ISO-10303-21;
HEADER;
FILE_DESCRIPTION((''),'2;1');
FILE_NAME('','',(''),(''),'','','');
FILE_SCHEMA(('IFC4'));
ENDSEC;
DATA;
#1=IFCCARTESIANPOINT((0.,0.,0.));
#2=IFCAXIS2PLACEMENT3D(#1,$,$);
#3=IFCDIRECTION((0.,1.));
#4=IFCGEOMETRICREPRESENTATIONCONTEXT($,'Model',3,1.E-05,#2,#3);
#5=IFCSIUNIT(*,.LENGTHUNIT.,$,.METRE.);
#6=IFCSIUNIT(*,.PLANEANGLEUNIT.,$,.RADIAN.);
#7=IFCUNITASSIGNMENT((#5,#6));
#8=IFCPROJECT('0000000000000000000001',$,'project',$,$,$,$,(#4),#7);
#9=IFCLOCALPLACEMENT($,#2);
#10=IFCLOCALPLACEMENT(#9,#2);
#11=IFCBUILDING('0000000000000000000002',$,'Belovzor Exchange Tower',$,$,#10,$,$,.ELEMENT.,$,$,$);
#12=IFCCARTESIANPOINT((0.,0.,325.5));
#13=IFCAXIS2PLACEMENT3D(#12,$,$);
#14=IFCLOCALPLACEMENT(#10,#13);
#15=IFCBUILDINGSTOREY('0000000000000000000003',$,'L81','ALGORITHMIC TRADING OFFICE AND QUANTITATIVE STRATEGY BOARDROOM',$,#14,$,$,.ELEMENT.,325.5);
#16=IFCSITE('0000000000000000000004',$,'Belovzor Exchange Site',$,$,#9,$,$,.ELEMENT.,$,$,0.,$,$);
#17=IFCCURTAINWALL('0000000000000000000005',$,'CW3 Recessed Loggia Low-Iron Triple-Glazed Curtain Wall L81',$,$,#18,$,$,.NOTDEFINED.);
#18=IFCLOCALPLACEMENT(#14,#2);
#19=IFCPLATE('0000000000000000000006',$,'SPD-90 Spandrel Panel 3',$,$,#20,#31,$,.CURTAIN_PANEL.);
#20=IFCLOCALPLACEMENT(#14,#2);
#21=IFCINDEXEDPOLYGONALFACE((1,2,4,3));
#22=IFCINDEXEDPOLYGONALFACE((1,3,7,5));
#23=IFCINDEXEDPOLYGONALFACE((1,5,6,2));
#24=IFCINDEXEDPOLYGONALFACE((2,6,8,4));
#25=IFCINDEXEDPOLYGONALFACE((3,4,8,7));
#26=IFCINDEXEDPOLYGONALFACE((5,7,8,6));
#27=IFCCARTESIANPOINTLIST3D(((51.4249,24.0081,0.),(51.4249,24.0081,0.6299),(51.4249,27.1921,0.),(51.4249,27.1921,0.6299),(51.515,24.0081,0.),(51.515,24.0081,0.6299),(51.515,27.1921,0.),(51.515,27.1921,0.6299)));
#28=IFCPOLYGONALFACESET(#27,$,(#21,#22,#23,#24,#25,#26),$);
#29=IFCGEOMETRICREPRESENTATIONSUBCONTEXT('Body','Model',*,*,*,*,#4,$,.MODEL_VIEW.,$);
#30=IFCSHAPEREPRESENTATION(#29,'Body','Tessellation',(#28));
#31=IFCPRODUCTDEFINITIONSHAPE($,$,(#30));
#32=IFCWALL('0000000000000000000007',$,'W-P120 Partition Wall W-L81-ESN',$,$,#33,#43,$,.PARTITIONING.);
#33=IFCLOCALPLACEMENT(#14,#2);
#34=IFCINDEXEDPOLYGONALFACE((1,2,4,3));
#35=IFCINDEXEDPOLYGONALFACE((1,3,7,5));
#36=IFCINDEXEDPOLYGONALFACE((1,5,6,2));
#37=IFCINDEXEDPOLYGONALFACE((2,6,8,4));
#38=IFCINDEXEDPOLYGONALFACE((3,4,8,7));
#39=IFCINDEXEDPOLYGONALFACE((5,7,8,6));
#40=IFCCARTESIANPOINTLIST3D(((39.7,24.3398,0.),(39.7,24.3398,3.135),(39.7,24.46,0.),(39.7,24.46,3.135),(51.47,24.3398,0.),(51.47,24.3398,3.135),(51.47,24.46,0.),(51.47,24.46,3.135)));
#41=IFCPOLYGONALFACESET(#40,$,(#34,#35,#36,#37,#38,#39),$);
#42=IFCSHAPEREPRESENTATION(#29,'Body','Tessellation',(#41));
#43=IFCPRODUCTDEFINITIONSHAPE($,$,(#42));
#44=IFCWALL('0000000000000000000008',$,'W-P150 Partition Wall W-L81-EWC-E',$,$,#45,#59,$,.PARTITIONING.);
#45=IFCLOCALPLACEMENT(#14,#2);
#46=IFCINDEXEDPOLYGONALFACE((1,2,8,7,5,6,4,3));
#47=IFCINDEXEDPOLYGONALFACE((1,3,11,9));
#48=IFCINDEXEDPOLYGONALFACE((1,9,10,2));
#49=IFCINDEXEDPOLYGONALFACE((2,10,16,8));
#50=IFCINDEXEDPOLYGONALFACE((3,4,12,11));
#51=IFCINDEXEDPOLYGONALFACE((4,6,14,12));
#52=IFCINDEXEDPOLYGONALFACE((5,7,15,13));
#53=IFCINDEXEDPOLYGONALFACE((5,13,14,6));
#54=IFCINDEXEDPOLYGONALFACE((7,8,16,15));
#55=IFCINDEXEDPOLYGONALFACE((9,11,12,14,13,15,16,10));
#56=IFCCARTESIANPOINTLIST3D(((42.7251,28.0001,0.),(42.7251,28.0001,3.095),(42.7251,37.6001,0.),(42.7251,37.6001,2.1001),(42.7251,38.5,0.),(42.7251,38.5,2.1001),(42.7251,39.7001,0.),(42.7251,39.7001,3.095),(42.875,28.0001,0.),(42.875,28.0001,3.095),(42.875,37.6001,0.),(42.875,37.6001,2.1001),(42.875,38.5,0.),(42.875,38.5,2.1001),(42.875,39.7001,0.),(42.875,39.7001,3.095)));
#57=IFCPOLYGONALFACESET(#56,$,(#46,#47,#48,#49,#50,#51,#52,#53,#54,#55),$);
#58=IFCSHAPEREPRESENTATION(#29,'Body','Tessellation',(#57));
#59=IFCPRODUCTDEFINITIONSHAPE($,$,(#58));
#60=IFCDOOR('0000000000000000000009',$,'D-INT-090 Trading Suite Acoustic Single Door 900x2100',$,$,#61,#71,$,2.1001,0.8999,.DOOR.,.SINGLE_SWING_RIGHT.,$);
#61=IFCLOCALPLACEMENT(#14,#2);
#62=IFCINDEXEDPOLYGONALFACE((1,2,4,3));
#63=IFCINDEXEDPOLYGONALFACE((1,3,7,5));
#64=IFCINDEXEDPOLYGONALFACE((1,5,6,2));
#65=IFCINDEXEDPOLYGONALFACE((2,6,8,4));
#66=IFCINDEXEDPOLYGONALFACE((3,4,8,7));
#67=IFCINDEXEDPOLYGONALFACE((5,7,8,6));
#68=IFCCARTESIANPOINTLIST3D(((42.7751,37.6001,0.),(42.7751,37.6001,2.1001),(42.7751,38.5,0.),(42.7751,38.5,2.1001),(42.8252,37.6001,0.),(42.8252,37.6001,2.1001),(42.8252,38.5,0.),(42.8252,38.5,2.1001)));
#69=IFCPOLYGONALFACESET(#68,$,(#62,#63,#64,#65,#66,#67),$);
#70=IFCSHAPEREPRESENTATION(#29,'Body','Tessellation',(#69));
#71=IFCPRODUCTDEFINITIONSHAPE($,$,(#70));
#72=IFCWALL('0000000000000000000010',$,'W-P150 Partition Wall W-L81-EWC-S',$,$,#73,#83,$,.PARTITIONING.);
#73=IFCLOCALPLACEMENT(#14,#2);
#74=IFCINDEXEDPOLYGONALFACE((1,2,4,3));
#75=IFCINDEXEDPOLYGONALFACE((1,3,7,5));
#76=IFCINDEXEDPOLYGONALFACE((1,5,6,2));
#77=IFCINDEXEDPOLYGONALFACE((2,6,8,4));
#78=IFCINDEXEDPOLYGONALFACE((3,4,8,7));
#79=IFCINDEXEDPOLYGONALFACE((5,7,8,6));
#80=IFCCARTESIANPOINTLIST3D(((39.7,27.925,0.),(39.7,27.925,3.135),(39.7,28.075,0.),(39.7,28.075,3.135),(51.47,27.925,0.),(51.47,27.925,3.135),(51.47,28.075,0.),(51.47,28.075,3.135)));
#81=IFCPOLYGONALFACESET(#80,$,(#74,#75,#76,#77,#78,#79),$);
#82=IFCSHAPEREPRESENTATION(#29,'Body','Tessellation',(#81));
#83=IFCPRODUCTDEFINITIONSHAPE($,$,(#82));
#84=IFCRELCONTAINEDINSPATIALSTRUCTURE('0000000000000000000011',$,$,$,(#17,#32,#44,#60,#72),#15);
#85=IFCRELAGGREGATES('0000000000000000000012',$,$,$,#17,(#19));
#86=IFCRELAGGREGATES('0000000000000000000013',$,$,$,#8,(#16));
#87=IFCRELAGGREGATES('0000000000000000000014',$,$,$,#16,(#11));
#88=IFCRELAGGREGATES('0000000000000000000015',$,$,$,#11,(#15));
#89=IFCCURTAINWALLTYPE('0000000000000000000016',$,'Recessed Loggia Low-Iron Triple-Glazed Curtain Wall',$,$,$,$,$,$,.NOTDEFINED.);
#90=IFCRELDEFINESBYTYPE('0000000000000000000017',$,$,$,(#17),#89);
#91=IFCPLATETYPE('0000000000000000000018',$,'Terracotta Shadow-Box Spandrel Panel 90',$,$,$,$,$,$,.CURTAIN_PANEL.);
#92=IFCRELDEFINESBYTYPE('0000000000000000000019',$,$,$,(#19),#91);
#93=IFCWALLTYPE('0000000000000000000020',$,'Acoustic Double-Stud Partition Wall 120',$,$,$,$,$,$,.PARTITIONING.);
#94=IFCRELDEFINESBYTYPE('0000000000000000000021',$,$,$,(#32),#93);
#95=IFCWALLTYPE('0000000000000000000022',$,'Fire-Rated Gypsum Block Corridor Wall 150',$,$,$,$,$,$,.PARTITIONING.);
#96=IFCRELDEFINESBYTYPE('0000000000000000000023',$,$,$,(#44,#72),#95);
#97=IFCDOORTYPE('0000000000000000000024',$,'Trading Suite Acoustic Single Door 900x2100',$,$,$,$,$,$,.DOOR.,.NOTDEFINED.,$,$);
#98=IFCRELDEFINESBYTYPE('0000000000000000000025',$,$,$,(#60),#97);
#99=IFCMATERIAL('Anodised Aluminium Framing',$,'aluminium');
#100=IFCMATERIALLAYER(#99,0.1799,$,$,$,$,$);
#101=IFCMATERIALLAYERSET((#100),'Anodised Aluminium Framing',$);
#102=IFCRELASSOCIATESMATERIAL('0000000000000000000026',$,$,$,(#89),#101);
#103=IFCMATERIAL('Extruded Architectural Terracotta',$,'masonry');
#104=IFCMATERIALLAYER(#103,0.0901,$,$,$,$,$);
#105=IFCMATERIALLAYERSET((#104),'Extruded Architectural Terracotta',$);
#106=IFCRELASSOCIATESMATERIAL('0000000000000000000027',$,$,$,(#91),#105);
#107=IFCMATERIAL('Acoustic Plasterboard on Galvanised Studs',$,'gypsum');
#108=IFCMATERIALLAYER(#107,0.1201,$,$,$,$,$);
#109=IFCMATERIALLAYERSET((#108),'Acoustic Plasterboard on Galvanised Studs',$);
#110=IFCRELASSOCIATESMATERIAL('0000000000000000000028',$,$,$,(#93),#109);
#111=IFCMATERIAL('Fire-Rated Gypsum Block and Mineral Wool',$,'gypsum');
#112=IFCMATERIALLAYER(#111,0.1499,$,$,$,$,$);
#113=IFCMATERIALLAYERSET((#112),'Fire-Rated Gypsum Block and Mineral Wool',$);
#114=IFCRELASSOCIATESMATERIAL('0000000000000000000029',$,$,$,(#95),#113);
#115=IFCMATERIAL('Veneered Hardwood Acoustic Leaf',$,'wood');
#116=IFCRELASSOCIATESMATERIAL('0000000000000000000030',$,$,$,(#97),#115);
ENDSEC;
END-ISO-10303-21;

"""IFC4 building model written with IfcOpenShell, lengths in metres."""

from ifc_helpers import new_model, si_unit, direction, frame, frame_2d, origin, origin_2d, place, context, subcontext, project, spatial, rectangle, extrude, material, layer, layer_set, type_object, element, fill, aggregate, save


model = new_model("IFC4")

# Units and contexts
model_context = context("Model", 3, precision=1e-05, world=origin(), true_north=direction((0.0, 1.0)))
body_context = subcontext(model_context, "Body", "Model", "MODEL_VIEW")
ifc_project = project(units=[si_unit("LENGTHUNIT", "METRE"), si_unit("PLANEANGLEUNIT", "RADIAN")], contexts=[model_context])

# Site, building, storey
site_placement = place(None, origin())
site = spatial("IfcSite", under=ifc_project, at=site_placement, Name="Belovzor Exchange Site", CompositionType="ELEMENT", RefElevation=0.0)
building_placement = place(site_placement, origin())
building = spatial("IfcBuilding", under=site, at=building_placement, Name="Belovzor Exchange Tower", CompositionType="ELEMENT")
storey_placement = place(building_placement, frame((0.0, 0.0, 325.5)))
storey = spatial("IfcBuildingStorey", under=building, at=storey_placement, Name="L81", Description="ALGORITHMIC TRADING OFFICE AND QUANTITATIVE STRATEGY BOARDROOM", CompositionType="ELEMENT", Elevation=325.5)

# Curtain wall, plate
ifc_material_1 = material(Name="Anodised Aluminium Framing", Category="aluminium")
ifc_layer_1 = layer(ifc_material_1, 0.1799)
ifc_layer_set_1 = layer_set([ifc_layer_1], Name="Anodised Aluminium Framing")
curtain_wall_type = type_object("IfcCurtainWallType", Name="Recessed Loggia Low-Iron Triple-Glazed Curtain Wall", PredefinedType="NOTDEFINED", material=ifc_layer_set_1)
curtain_wall_placement = place(storey_placement, origin())
curtain_wall = element("IfcCurtainWall", 1, at=curtain_wall_placement, inside=storey, type_object=curtain_wall_type, Name="CW3 Recessed Loggia Low-Iron Triple-Glazed Curtain Wall L81", PredefinedType="NOTDEFINED")
ifc_material_2 = material(Name="Extruded Architectural Terracotta", Category="masonry")
ifc_layer_2 = layer(ifc_material_2, 0.0901)
ifc_layer_set_2 = layer_set([ifc_layer_2], Name="Extruded Architectural Terracotta")
plate_type_1 = type_object("IfcPlateType", Name="Terracotta Shadow-Box Spandrel Panel 90", PredefinedType="CURTAIN_PANEL", material=ifc_layer_set_2)
plate_1_placement = place(storey_placement, frame((51.47, 25.6001, 0.0), z_axis=(0.0, 0.0, 1.0), x_axis=(0.0, -1.0, 0.0)))
plate_1 = element("IfcPlate", 2, at=plate_1_placement, type_object=plate_type_1, Name="SPD-90 Spandrel Panel 3", PredefinedType="CURTAIN_PANEL", context=body_context, shape_type="SweptSolid", body=[
    extrude(rectangle(XDim=3.1841, YDim=0.0901, at=origin_2d()), origin(), (0.0, 0.0, 1.0), 0.6299),
])
aggregate(curtain_wall, [plate_1])

# Wall
ifc_material_3 = material(Name="Acoustic Plasterboard on Galvanised Studs", Category="gypsum")
ifc_layer_3 = layer(ifc_material_3, 0.1201)
ifc_layer_set_3 = layer_set([ifc_layer_3], Name="Acoustic Plasterboard on Galvanised Studs")
wall_type_1 = type_object("IfcWallType", Name="Acoustic Double-Stud Partition Wall 120", PredefinedType="PARTITIONING", material=ifc_layer_set_3)
wall_1_placement = place(storey_placement, frame((39.7, 24.3999, 0.0), z_axis=(0.0, 0.0, 1.0), x_axis=(1.0, 0.0, 0.0)))
element("IfcWall", 3, at=wall_1_placement, inside=storey, type_object=wall_type_1, Name="W-P120 Partition Wall W-L81-ESN", PredefinedType="PARTITIONING", context=body_context, shape_type="SweptSolid", body=[
    extrude(rectangle(XDim=11.77, YDim=0.1201, at=frame_2d((5.885, 0.0))), origin(), (0.0, 0.0, 1.0), 3.135),
])

# Wall, opening, door
ifc_material_4 = material(Name="Fire-Rated Gypsum Block and Mineral Wool", Category="gypsum")
ifc_layer_4 = layer(ifc_material_4, 0.1499)
ifc_layer_set_4 = layer_set([ifc_layer_4], Name="Fire-Rated Gypsum Block and Mineral Wool")
wall_type_2 = type_object("IfcWallType", Name="Fire-Rated Gypsum Block Corridor Wall 150", PredefinedType="PARTITIONING", material=ifc_layer_set_4)
wall_2_placement = place(storey_placement, frame((42.8, 28.0, 0.0), z_axis=(0.0, 0.0, 1.0), x_axis=(0.0, 1.0, 0.0)))
wall_2 = element("IfcWall", 4, at=wall_2_placement, inside=storey, type_object=wall_type_2, Name="W-P150 Partition Wall W-L81-EWC-E", PredefinedType="PARTITIONING", context=body_context, shape_type="SweptSolid", body=[
    extrude(rectangle(XDim=11.7, YDim=0.1499, at=frame_2d((5.8501, 0.0))), origin(), (0.0, 0.0, 1.0), 3.095),
])
opening_1_placement = place(wall_2_placement, frame((9.6001, 0.0, 0.0)))
opening_1 = element("IfcOpeningElement", 5, at=opening_1_placement, cuts=wall_2, PredefinedType="OPENING", context=body_context, shape_type="SweptSolid", body=[
    extrude(rectangle(XDim=0.8999, YDim=2.1001, at=frame_2d((0.45, 1.05))), frame((0.0, 0.085, 0.0), z_axis=(0.0, -1.0, 0.0), x_axis=(1.0, 0.0, 0.0)), (0.0, 0.0, 1.0), 0.1699),
])
ifc_material_5 = material(Name="Veneered Hardwood Acoustic Leaf", Category="wood")
door_type_1 = type_object("IfcDoorType", Name="Trading Suite Acoustic Single Door 900x2100", OperationType="NOTDEFINED", PredefinedType="DOOR", material=ifc_material_5)
door_1_placement = place(opening_1_placement, origin())
door_1 = element("IfcDoor", 6, at=door_1_placement, inside=storey, type_object=door_type_1, Name="D-INT-090 Trading Suite Acoustic Single Door 900x2100", OperationType="SINGLE_SWING_RIGHT", OverallHeight=2.1001, OverallWidth=0.8999, PredefinedType="DOOR", context=body_context, shape_type="SweptSolid", body=[
    extrude(rectangle(XDim=0.8999, YDim=2.1001, at=frame_2d((0.45, 1.05))), frame((0.0, 0.0249, 0.0), z_axis=(0.0, -1.0, 0.0), x_axis=(1.0, 0.0, 0.0)), (0.0, 0.0, 1.0), 0.05),
])
fill(opening_1, door_1)

# Wall
wall_3_placement = place(storey_placement, frame((39.7, 28.0, 0.0), z_axis=(0.0, 0.0, 1.0), x_axis=(1.0, 0.0, 0.0)))
element("IfcWall", 7, at=wall_3_placement, inside=storey, type_object=wall_type_2, Name="W-P150 Partition Wall W-L81-EWC-S", PredefinedType="PARTITIONING", context=body_context, shape_type="SweptSolid", body=[
    extrude(rectangle(XDim=11.77, YDim=0.1499, at=frame_2d((5.885, 0.0))), origin(), (0.0, 0.0, 1.0), 3.135),
])

save(model, "model.ifc")
